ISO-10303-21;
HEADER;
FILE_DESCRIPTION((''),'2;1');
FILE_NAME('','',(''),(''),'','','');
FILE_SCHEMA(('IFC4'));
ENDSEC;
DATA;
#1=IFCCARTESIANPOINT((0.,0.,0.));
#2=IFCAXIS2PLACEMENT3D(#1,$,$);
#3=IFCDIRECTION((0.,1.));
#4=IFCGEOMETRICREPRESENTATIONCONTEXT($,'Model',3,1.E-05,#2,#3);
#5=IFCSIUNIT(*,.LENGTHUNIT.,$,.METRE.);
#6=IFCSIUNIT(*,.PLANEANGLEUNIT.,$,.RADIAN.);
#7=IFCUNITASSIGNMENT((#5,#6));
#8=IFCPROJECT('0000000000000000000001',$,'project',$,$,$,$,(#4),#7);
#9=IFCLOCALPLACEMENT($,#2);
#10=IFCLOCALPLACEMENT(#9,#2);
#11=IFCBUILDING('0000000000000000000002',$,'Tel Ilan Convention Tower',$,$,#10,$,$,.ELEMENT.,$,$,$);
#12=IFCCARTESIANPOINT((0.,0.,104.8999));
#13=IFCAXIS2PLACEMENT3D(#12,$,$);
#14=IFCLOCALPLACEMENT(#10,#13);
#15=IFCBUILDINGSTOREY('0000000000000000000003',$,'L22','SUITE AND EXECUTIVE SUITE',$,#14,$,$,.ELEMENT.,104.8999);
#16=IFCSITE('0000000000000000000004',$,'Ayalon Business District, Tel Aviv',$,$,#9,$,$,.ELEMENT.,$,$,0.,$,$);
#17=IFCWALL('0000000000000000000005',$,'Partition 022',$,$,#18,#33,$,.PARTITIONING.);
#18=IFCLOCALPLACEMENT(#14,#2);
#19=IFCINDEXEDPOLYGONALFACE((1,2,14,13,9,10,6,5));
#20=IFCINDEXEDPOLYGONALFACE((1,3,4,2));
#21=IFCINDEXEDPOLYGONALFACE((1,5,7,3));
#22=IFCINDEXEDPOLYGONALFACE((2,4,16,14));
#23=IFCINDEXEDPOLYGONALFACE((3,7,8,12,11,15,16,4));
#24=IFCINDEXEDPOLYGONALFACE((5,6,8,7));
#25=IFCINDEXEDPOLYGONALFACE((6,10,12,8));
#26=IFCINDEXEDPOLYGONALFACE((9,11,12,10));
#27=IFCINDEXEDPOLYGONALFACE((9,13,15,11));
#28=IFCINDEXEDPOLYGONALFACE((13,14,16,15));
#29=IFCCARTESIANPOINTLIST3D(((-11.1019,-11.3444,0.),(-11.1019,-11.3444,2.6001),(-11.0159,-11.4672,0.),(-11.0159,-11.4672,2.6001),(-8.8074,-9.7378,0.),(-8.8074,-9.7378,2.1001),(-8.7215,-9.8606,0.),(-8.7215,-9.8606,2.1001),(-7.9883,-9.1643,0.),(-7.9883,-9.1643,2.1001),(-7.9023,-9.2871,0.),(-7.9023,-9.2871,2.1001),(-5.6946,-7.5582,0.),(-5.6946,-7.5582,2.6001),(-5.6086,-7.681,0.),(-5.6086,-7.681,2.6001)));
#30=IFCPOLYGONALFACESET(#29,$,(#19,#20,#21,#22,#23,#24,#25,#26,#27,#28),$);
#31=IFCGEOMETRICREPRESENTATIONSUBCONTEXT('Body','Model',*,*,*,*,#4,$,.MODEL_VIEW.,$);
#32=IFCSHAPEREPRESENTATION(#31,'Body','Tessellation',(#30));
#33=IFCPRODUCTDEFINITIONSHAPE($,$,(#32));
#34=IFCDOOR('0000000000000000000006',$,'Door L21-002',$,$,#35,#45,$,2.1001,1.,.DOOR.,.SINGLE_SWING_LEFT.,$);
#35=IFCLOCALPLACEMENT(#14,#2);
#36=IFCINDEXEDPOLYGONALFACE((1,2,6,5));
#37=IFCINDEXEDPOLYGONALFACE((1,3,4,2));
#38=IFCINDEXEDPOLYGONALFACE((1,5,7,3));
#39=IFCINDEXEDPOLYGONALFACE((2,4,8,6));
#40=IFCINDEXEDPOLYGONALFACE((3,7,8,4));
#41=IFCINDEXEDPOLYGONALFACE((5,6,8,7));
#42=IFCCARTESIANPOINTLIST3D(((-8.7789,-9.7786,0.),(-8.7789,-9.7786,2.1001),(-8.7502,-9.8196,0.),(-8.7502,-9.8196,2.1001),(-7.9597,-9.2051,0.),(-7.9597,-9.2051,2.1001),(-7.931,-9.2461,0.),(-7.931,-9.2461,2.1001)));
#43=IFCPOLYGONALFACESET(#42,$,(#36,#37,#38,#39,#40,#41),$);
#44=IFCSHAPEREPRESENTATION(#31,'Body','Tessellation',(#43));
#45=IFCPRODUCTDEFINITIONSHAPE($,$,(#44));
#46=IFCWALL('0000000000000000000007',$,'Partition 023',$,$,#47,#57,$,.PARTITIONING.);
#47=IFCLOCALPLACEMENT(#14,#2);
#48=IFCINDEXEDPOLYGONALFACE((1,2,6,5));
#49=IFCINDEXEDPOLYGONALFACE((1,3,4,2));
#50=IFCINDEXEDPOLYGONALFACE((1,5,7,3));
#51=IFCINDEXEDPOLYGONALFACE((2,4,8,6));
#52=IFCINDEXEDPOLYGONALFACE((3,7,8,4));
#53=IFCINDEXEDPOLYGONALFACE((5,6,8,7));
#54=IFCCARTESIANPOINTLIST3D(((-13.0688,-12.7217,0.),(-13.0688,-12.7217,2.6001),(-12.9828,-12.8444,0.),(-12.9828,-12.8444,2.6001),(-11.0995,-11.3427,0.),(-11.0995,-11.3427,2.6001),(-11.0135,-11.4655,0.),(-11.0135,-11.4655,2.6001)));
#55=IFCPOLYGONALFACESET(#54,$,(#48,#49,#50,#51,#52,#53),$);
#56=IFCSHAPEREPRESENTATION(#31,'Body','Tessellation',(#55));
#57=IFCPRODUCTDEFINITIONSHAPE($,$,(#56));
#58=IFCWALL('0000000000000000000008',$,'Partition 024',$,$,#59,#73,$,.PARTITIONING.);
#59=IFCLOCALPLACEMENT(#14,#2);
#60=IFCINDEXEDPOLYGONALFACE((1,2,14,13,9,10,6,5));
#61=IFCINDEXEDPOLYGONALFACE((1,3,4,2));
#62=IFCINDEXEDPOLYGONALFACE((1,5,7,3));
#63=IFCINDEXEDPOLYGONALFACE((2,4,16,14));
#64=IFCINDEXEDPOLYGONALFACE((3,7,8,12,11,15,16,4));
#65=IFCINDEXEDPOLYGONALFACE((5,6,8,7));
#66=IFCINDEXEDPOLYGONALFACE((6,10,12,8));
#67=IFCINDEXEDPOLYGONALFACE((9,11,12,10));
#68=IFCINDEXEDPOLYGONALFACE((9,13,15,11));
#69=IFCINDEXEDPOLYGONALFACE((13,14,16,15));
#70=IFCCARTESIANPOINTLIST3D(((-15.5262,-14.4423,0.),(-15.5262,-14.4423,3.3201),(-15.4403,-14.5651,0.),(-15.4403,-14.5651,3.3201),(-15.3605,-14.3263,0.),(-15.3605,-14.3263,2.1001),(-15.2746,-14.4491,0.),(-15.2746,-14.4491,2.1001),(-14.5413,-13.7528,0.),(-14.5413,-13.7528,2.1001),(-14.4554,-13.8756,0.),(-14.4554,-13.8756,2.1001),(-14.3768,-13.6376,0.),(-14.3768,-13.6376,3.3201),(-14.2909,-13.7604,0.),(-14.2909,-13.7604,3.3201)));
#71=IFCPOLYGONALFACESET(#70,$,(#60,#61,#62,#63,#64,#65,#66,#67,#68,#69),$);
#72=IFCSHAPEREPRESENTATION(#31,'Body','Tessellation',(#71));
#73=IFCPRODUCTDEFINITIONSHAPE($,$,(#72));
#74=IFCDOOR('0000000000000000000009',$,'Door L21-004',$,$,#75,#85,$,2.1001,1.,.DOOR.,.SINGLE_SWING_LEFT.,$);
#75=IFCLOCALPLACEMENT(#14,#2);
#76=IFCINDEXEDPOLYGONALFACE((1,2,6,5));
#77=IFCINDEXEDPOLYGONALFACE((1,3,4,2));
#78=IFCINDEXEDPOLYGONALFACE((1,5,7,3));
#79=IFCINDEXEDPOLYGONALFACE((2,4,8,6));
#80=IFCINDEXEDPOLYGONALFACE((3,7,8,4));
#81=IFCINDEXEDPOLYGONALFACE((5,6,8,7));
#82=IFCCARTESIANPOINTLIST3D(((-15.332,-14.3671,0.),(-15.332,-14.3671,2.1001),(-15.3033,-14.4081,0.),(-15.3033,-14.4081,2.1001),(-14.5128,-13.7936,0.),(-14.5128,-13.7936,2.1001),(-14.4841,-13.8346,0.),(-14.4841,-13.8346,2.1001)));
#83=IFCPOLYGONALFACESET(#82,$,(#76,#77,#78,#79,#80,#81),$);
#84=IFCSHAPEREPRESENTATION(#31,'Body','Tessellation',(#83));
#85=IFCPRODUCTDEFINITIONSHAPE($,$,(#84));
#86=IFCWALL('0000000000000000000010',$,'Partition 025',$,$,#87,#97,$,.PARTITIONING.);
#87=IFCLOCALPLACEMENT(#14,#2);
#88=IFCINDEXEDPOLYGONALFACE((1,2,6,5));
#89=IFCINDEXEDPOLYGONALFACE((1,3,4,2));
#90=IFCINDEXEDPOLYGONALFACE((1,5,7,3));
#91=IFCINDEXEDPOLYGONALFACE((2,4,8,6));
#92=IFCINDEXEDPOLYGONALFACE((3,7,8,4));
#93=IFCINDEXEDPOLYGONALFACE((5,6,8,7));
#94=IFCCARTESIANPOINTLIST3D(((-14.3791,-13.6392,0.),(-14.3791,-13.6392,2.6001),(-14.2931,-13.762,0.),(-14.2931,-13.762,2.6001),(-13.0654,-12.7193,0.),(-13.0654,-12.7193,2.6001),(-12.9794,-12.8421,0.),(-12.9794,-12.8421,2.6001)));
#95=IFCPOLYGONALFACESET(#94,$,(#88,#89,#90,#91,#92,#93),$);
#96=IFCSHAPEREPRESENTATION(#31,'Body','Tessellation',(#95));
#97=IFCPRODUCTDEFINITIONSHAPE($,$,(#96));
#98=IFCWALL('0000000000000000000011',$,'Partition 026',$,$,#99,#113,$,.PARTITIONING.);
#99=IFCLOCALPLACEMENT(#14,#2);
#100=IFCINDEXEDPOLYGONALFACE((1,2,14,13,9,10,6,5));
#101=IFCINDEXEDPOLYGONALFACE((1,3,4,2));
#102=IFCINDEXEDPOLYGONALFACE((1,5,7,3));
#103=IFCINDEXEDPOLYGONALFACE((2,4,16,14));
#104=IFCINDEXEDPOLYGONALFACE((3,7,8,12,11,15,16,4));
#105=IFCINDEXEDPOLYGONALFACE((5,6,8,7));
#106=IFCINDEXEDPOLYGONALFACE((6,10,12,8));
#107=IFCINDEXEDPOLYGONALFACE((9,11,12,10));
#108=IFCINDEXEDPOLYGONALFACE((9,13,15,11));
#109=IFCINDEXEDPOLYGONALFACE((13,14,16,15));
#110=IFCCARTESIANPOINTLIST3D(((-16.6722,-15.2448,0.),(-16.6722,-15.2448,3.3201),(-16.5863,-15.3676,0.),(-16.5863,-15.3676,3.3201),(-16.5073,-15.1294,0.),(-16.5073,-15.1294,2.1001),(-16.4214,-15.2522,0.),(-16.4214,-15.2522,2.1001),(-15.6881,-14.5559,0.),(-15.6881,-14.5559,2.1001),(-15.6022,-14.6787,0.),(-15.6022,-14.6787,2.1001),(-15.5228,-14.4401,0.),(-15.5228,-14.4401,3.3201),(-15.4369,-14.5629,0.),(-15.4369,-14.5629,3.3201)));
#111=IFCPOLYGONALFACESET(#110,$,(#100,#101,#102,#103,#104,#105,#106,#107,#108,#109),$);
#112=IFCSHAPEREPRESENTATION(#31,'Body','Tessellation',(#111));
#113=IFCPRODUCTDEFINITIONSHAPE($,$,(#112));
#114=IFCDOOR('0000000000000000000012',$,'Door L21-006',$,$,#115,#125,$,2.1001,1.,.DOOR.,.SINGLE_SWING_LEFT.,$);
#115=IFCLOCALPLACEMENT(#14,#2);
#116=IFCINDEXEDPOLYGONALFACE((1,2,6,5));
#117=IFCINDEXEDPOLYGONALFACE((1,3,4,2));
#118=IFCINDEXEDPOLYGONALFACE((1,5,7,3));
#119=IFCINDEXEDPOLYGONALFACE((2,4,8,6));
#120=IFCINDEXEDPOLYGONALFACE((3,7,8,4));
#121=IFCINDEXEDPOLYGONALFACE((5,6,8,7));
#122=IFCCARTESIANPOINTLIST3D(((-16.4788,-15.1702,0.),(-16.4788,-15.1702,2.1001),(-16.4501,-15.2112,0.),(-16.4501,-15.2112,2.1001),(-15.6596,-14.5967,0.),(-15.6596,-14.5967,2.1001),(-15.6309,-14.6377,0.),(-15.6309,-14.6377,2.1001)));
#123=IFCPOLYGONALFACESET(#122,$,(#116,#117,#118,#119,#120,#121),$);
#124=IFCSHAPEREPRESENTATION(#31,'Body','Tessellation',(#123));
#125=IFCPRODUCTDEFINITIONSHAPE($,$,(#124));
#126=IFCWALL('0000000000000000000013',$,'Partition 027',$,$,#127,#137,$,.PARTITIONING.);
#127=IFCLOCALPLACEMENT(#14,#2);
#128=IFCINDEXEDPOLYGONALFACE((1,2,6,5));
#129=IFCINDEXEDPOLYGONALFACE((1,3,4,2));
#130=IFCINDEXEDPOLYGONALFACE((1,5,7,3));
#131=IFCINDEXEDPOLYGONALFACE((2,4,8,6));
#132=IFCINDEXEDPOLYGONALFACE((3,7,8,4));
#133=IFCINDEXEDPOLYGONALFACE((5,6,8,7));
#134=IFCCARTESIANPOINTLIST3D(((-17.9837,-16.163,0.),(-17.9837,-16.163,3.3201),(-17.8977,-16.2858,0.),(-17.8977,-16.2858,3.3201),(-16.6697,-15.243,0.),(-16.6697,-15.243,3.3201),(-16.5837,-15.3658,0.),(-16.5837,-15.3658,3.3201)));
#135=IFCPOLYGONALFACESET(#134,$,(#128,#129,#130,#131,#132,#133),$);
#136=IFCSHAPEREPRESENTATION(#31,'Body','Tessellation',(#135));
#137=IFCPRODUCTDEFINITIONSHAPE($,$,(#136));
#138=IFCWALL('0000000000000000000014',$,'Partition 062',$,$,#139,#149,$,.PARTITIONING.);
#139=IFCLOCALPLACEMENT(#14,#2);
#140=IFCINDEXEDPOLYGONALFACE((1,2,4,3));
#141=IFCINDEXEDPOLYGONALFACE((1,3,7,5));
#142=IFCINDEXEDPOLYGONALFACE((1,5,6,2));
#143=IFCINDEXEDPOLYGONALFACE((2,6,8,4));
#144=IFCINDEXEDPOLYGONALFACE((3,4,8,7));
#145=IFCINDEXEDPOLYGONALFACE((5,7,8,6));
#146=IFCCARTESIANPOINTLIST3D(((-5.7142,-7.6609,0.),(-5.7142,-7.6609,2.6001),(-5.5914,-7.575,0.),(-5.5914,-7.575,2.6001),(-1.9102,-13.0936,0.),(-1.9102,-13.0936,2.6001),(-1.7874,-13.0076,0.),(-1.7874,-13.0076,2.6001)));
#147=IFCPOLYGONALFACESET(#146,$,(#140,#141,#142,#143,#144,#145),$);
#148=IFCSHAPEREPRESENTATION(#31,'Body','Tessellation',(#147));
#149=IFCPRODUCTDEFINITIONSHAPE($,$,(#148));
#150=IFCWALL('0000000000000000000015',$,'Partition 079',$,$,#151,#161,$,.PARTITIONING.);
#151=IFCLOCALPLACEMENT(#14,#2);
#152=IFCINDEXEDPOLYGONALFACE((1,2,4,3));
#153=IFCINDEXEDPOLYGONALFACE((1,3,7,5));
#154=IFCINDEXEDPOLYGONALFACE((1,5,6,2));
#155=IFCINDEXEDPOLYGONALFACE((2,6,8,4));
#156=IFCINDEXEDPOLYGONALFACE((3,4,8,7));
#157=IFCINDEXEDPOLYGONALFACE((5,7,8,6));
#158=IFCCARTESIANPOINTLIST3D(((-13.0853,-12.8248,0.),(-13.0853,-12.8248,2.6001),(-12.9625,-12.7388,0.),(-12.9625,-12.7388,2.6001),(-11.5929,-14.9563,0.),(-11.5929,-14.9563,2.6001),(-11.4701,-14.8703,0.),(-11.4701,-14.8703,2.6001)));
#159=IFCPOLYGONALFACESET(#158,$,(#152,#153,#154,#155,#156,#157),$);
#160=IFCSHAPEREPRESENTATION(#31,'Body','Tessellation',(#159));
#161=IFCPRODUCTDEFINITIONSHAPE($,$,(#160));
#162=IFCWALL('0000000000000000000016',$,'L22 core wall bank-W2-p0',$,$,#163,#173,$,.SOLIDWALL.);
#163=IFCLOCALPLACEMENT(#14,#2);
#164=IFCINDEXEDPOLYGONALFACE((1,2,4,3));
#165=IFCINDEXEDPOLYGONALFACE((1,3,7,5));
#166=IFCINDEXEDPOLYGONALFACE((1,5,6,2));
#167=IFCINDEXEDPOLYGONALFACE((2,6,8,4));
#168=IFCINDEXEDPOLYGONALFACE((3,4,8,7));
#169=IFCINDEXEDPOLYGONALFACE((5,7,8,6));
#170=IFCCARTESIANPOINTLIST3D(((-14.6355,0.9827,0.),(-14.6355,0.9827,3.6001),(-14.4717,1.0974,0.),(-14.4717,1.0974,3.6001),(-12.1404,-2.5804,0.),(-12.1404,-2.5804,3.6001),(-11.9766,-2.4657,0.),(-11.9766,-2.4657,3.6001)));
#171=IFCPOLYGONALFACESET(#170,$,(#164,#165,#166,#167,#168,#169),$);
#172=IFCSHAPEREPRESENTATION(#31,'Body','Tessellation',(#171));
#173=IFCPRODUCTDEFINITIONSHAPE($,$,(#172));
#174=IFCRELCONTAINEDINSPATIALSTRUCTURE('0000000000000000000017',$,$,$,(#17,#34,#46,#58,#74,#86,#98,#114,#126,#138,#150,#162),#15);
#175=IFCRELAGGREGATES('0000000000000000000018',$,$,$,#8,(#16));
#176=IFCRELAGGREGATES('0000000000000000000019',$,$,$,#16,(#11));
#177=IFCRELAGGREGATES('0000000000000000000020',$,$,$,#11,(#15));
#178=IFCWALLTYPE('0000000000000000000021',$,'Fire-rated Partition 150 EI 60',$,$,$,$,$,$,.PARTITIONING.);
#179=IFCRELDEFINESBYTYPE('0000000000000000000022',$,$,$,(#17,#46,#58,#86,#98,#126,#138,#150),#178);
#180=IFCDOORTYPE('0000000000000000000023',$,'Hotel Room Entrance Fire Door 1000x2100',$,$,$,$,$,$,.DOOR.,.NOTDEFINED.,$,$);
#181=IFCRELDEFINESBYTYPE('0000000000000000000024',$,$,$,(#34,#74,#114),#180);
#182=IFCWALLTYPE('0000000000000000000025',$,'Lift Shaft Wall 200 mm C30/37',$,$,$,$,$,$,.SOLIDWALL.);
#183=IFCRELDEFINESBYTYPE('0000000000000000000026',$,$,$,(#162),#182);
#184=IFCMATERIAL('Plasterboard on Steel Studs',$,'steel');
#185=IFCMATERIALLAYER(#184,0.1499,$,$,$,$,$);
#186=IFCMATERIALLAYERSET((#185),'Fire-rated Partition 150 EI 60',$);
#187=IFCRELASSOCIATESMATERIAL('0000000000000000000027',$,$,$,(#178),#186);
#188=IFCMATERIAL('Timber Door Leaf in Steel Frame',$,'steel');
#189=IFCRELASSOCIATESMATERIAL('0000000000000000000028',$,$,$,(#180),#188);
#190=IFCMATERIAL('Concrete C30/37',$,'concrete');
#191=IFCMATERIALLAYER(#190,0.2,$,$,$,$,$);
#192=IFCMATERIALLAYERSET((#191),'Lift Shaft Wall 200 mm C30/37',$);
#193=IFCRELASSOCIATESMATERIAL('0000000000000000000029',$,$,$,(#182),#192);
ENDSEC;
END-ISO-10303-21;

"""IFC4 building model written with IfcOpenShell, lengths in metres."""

from ifc_helpers import new_model, si_unit, direction, frame, frame_2d, origin, place, context, subcontext, project, spatial, rectangle, extrude, material, layer, layer_set, type_object, element, fill, save


model = new_model("IFC4")

# Units and contexts
model_context = context("Model", 3, precision=1e-05, world=origin(), true_north=direction((0.0, 1.0)))
body_context = subcontext(model_context, "Body", "Model", "MODEL_VIEW")
ifc_project = project(units=[si_unit("LENGTHUNIT", "METRE"), si_unit("PLANEANGLEUNIT", "RADIAN")], contexts=[model_context])

# Site, building, storey
site_placement = place(None, origin())
site = spatial("IfcSite", under=ifc_project, at=site_placement, Name="Ayalon Business District, Tel Aviv", CompositionType="ELEMENT", RefElevation=0.0)
building_placement = place(site_placement, origin())
building = spatial("IfcBuilding", under=site, at=building_placement, Name="Tel Ilan Convention Tower", CompositionType="ELEMENT")
storey_placement = place(building_placement, frame((0.0, 0.0, 104.8999)))
storey = spatial("IfcBuildingStorey", under=building, at=storey_placement, Name="L22", Description="SUITE AND EXECUTIVE SUITE", CompositionType="ELEMENT", Elevation=104.8999)

# Wall, opening, door
ifc_material_1 = material(Name="Plasterboard on Steel Studs", Category="steel")
ifc_layer_1 = layer(ifc_material_1, 0.1499)
ifc_layer_set_1 = layer_set([ifc_layer_1], Name="Fire-rated Partition 150 EI 60")
wall_type_1 = type_object("IfcWallType", Name="Fire-rated Partition 150 EI 60", PredefinedType="PARTITIONING", material=ifc_layer_set_1)
wall_1_placement = place(storey_placement, frame((-5.6516, -7.6196, 0.0), z_axis=(0.0, 0.0, 1.0), x_axis=(-0.819155, -0.573572, 0.0)))
wall_1 = element("IfcWall", 1, at=wall_1_placement, inside=storey, type_object=wall_type_1, Name="Partition 022", PredefinedType="PARTITIONING", context=body_context, shape_type="SweptSolid", body=[
    extrude(rectangle(XDim=6.6011, YDim=0.1499, at=frame_2d((3.3005, 0.0))), origin(), (0.0, 0.0, 1.0), 2.6001),
])
opening_1_placement = place(wall_1_placement, frame((2.8, 0.0, 0.0)))
opening_1 = element("IfcOpeningElement", 2, at=opening_1_placement, cuts=wall_1, PredefinedType="OPENING", context=body_context, shape_type="SweptSolid", body=[
    extrude(rectangle(XDim=1.0, YDim=2.1001, at=frame_2d((0.5, 1.05))), frame((0.0, 0.085, 0.0), z_axis=(0.0, -1.0, 0.0), x_axis=(1.0, 0.0, 0.0)), (0.0, 0.0, 1.0), 0.1699),
])
ifc_material_2 = material(Name="Timber Door Leaf in Steel Frame", Category="steel")
door_type_1 = type_object("IfcDoorType", Name="Hotel Room Entrance Fire Door 1000x2100", OperationType="NOTDEFINED", PredefinedType="DOOR", material=ifc_material_2)
door_1_placement = place(opening_1_placement, origin())
door_1 = element("IfcDoor", 3, at=door_1_placement, inside=storey, type_object=door_type_1, Name="Door L21-002", OperationType="SINGLE_SWING_LEFT", OverallHeight=2.1001, OverallWidth=1.0, PredefinedType="DOOR", context=body_context, shape_type="SweptSolid", body=[
    extrude(rectangle(XDim=1.0, YDim=2.1001, at=frame_2d((0.5, 1.05))), frame((0.0, 0.0249, 0.0), z_axis=(0.0, -1.0, 0.0), x_axis=(1.0, 0.0, 0.0)), (0.0, 0.0, 1.0), 0.05),
])
fill(opening_1, door_1)

# Wall
wall_2_placement = place(storey_placement, frame((-11.0564, -11.4041, 0.0), z_axis=(0.0, 0.0, 1.0), x_axis=(-0.819146, -0.573585, 0.0)))
element("IfcWall", 4, at=wall_2_placement, inside=storey, type_object=wall_type_1, Name="Partition 023", PredefinedType="PARTITIONING", context=body_context, shape_type="SweptSolid", body=[
    extrude(rectangle(XDim=2.4041, YDim=0.1499, at=frame_2d((1.2021, 0.0))), origin(), (0.0, 0.0, 1.0), 2.6001),
])

# Wall, opening, door
wall_3_placement = place(storey_placement, frame((-14.3337, -13.699, 0.0), z_axis=(0.0, 0.0, 1.0), x_axis=(-0.819199, -0.573509, 0.0)))
wall_3 = element("IfcWall", 5, at=wall_3_placement, inside=storey, type_object=wall_type_1, Name="Partition 024", PredefinedType="PARTITIONING", context=body_context, shape_type="SweptSolid", body=[
    extrude(rectangle(XDim=1.4031, YDim=0.1499, at=frame_2d((0.7017, 0.0))), origin(), (0.0, 0.0, 1.0), 3.3201),
])
opening_2_placement = place(wall_3_placement, frame((0.2009, 0.0, 0.0)))
opening_2 = element("IfcOpeningElement", 6, at=opening_2_placement, cuts=wall_3, PredefinedType="OPENING", context=body_context, shape_type="SweptSolid", body=[
    extrude(rectangle(XDim=1.0, YDim=2.1001, at=frame_2d((0.5, 1.05))), frame((0.0, 0.085, 0.0), z_axis=(0.0, -1.0, 0.0), x_axis=(1.0, 0.0, 0.0)), (0.0, 0.0, 1.0), 0.1699),
])
door_2_placement = place(opening_2_placement, origin())
door_2 = element("IfcDoor", 7, at=door_2_placement, inside=storey, type_object=door_type_1, Name="Door L21-004", OperationType="SINGLE_SWING_LEFT", OverallHeight=2.1001, OverallWidth=1.0, PredefinedType="DOOR", context=body_context, shape_type="SweptSolid", body=[
    extrude(rectangle(XDim=1.0, YDim=2.1001, at=frame_2d((0.5, 1.05))), frame((0.0, 0.0249, 0.0), z_axis=(0.0, -1.0, 0.0), x_axis=(1.0, 0.0, 0.0)), (0.0, 0.0, 1.0), 0.05),
])
fill(opening_2, door_2)

# Wall
wall_4_placement = place(storey_placement, frame((-13.0225, -12.7808, 0.0), z_axis=(0.0, 0.0, 1.0), x_axis=(-0.819139, -0.573595, 0.0)))
element("IfcWall", 8, at=wall_4_placement, inside=storey, type_object=wall_type_1, Name="Partition 025", PredefinedType="PARTITIONING", context=body_context, shape_type="SweptSolid", body=[
    extrude(rectangle(XDim=1.6038, YDim=0.1499, at=frame_2d((0.8018, 0.0))), origin(), (0.0, 0.0, 1.0), 2.6001),
])

# Wall, opening, door
wall_5_placement = place(storey_placement, frame((-15.4797, -14.5015, 0.0), z_axis=(0.0, 0.0, 1.0), x_axis=(-0.819199, -0.573509, 0.0)))
wall_5 = element("IfcWall", 9, at=wall_5_placement, inside=storey, type_object=wall_type_1, Name="Partition 026", PredefinedType="PARTITIONING", context=body_context, shape_type="SweptSolid", body=[
    extrude(rectangle(XDim=1.4031, YDim=0.1499, at=frame_2d((0.7017, 0.0))), origin(), (0.0, 0.0, 1.0), 3.3201),
])
opening_3_placement = place(wall_5_placement, frame((0.2019, 0.0, 0.0)))
opening_3 = element("IfcOpeningElement", 10, at=opening_3_placement, cuts=wall_5, PredefinedType="OPENING", context=body_context, shape_type="SweptSolid", body=[
    extrude(rectangle(XDim=1.0, YDim=2.1001, at=frame_2d((0.5, 1.05))), frame((0.0, 0.085, 0.0), z_axis=(0.0, -1.0, 0.0), x_axis=(1.0, 0.0, 0.0)), (0.0, 0.0, 1.0), 0.1699),
])
door_3_placement = place(opening_3_placement, origin())
door_3 = element("IfcDoor", 11, at=door_3_placement, inside=storey, type_object=door_type_1, Name="Door L21-006", OperationType="SINGLE_SWING_LEFT", OverallHeight=2.1001, OverallWidth=1.0, PredefinedType="DOOR", context=body_context, shape_type="SweptSolid", body=[
    extrude(rectangle(XDim=1.0, YDim=2.1001, at=frame_2d((0.5, 1.05))), frame((0.0, 0.0249, 0.0), z_axis=(0.0, -1.0, 0.0), x_axis=(1.0, 0.0, 0.0)), (0.0, 0.0, 1.0), 0.05),
])
fill(opening_3, door_3)

# Walls
wall_6_placement = place(storey_placement, frame((-16.6267, -15.3044, 0.0), z_axis=(0.0, 0.0, 1.0), x_axis=(-0.819189, -0.573524, 0.0)))
element("IfcWall", 12, at=wall_6_placement, inside=storey, type_object=wall_type_1, Name="Partition 027", PredefinedType="PARTITIONING", context=body_context, shape_type="SweptSolid", body=[
    extrude(rectangle(XDim=1.604, YDim=0.1499, at=frame_2d((0.802, 0.0))), origin(), (0.0, 0.0, 1.0), 3.3201),
])
wall_7_placement = place(storey_placement, frame((-1.8489, -13.0505, 0.0), z_axis=(0.0, 0.0, 1.0), x_axis=(-0.573576, 0.819152, 0.0)))
element("IfcWall", 13, at=wall_7_placement, inside=storey, type_object=wall_type_1, Name="Partition 062", PredefinedType="PARTITIONING", context=body_context, shape_type="SweptSolid", body=[
    extrude(rectangle(XDim=6.6321, YDim=0.1499, at=frame_2d((3.3159, 0.0))), origin(), (0.0, 0.0, 1.0), 2.6001),
])
wall_8_placement = place(storey_placement, frame((-11.5315, -14.9133, 0.0), z_axis=(0.0, 0.0, 1.0), x_axis=(-0.573544, 0.819175, 0.0)))
element("IfcWall", 14, at=wall_8_placement, inside=storey, type_object=wall_type_1, Name="Partition 079", PredefinedType="PARTITIONING", context=body_context, shape_type="SweptSolid", body=[
    extrude(rectangle(XDim=2.6021, YDim=0.1499, at=frame_2d((1.301, 0.0))), origin(), (0.0, 0.0, 1.0), 2.6001),
])
ifc_material_3 = material(Name="Concrete C30/37", Category="concrete")
ifc_layer_2 = layer(ifc_material_3, 0.2)
ifc_layer_set_2 = layer_set([ifc_layer_2], Name="Lift Shaft Wall 200 mm C30/37")
wall_type_2 = type_object("IfcWallType", Name="Lift Shaft Wall 200 mm C30/37", PredefinedType="SOLIDWALL", material=ifc_layer_set_2)
wall_9_placement = place(storey_placement, frame((-12.0586, -2.5229, 0.0), z_axis=(0.0, 0.0, 1.0), x_axis=(-0.573594, 0.81914, 0.0)))
element("IfcWall", 15, at=wall_9_placement, inside=storey, type_object=wall_type_2, Name="L22 core wall bank-W2-p0", PredefinedType="SOLIDWALL", context=body_context, shape_type="SweptSolid", body=[
    extrude(rectangle(XDim=4.3499, YDim=0.2, at=frame_2d((2.1748, 0.0))), origin(), (0.0, 0.0, 1.0), 3.6001),
])

save(model, "model.ifc")
